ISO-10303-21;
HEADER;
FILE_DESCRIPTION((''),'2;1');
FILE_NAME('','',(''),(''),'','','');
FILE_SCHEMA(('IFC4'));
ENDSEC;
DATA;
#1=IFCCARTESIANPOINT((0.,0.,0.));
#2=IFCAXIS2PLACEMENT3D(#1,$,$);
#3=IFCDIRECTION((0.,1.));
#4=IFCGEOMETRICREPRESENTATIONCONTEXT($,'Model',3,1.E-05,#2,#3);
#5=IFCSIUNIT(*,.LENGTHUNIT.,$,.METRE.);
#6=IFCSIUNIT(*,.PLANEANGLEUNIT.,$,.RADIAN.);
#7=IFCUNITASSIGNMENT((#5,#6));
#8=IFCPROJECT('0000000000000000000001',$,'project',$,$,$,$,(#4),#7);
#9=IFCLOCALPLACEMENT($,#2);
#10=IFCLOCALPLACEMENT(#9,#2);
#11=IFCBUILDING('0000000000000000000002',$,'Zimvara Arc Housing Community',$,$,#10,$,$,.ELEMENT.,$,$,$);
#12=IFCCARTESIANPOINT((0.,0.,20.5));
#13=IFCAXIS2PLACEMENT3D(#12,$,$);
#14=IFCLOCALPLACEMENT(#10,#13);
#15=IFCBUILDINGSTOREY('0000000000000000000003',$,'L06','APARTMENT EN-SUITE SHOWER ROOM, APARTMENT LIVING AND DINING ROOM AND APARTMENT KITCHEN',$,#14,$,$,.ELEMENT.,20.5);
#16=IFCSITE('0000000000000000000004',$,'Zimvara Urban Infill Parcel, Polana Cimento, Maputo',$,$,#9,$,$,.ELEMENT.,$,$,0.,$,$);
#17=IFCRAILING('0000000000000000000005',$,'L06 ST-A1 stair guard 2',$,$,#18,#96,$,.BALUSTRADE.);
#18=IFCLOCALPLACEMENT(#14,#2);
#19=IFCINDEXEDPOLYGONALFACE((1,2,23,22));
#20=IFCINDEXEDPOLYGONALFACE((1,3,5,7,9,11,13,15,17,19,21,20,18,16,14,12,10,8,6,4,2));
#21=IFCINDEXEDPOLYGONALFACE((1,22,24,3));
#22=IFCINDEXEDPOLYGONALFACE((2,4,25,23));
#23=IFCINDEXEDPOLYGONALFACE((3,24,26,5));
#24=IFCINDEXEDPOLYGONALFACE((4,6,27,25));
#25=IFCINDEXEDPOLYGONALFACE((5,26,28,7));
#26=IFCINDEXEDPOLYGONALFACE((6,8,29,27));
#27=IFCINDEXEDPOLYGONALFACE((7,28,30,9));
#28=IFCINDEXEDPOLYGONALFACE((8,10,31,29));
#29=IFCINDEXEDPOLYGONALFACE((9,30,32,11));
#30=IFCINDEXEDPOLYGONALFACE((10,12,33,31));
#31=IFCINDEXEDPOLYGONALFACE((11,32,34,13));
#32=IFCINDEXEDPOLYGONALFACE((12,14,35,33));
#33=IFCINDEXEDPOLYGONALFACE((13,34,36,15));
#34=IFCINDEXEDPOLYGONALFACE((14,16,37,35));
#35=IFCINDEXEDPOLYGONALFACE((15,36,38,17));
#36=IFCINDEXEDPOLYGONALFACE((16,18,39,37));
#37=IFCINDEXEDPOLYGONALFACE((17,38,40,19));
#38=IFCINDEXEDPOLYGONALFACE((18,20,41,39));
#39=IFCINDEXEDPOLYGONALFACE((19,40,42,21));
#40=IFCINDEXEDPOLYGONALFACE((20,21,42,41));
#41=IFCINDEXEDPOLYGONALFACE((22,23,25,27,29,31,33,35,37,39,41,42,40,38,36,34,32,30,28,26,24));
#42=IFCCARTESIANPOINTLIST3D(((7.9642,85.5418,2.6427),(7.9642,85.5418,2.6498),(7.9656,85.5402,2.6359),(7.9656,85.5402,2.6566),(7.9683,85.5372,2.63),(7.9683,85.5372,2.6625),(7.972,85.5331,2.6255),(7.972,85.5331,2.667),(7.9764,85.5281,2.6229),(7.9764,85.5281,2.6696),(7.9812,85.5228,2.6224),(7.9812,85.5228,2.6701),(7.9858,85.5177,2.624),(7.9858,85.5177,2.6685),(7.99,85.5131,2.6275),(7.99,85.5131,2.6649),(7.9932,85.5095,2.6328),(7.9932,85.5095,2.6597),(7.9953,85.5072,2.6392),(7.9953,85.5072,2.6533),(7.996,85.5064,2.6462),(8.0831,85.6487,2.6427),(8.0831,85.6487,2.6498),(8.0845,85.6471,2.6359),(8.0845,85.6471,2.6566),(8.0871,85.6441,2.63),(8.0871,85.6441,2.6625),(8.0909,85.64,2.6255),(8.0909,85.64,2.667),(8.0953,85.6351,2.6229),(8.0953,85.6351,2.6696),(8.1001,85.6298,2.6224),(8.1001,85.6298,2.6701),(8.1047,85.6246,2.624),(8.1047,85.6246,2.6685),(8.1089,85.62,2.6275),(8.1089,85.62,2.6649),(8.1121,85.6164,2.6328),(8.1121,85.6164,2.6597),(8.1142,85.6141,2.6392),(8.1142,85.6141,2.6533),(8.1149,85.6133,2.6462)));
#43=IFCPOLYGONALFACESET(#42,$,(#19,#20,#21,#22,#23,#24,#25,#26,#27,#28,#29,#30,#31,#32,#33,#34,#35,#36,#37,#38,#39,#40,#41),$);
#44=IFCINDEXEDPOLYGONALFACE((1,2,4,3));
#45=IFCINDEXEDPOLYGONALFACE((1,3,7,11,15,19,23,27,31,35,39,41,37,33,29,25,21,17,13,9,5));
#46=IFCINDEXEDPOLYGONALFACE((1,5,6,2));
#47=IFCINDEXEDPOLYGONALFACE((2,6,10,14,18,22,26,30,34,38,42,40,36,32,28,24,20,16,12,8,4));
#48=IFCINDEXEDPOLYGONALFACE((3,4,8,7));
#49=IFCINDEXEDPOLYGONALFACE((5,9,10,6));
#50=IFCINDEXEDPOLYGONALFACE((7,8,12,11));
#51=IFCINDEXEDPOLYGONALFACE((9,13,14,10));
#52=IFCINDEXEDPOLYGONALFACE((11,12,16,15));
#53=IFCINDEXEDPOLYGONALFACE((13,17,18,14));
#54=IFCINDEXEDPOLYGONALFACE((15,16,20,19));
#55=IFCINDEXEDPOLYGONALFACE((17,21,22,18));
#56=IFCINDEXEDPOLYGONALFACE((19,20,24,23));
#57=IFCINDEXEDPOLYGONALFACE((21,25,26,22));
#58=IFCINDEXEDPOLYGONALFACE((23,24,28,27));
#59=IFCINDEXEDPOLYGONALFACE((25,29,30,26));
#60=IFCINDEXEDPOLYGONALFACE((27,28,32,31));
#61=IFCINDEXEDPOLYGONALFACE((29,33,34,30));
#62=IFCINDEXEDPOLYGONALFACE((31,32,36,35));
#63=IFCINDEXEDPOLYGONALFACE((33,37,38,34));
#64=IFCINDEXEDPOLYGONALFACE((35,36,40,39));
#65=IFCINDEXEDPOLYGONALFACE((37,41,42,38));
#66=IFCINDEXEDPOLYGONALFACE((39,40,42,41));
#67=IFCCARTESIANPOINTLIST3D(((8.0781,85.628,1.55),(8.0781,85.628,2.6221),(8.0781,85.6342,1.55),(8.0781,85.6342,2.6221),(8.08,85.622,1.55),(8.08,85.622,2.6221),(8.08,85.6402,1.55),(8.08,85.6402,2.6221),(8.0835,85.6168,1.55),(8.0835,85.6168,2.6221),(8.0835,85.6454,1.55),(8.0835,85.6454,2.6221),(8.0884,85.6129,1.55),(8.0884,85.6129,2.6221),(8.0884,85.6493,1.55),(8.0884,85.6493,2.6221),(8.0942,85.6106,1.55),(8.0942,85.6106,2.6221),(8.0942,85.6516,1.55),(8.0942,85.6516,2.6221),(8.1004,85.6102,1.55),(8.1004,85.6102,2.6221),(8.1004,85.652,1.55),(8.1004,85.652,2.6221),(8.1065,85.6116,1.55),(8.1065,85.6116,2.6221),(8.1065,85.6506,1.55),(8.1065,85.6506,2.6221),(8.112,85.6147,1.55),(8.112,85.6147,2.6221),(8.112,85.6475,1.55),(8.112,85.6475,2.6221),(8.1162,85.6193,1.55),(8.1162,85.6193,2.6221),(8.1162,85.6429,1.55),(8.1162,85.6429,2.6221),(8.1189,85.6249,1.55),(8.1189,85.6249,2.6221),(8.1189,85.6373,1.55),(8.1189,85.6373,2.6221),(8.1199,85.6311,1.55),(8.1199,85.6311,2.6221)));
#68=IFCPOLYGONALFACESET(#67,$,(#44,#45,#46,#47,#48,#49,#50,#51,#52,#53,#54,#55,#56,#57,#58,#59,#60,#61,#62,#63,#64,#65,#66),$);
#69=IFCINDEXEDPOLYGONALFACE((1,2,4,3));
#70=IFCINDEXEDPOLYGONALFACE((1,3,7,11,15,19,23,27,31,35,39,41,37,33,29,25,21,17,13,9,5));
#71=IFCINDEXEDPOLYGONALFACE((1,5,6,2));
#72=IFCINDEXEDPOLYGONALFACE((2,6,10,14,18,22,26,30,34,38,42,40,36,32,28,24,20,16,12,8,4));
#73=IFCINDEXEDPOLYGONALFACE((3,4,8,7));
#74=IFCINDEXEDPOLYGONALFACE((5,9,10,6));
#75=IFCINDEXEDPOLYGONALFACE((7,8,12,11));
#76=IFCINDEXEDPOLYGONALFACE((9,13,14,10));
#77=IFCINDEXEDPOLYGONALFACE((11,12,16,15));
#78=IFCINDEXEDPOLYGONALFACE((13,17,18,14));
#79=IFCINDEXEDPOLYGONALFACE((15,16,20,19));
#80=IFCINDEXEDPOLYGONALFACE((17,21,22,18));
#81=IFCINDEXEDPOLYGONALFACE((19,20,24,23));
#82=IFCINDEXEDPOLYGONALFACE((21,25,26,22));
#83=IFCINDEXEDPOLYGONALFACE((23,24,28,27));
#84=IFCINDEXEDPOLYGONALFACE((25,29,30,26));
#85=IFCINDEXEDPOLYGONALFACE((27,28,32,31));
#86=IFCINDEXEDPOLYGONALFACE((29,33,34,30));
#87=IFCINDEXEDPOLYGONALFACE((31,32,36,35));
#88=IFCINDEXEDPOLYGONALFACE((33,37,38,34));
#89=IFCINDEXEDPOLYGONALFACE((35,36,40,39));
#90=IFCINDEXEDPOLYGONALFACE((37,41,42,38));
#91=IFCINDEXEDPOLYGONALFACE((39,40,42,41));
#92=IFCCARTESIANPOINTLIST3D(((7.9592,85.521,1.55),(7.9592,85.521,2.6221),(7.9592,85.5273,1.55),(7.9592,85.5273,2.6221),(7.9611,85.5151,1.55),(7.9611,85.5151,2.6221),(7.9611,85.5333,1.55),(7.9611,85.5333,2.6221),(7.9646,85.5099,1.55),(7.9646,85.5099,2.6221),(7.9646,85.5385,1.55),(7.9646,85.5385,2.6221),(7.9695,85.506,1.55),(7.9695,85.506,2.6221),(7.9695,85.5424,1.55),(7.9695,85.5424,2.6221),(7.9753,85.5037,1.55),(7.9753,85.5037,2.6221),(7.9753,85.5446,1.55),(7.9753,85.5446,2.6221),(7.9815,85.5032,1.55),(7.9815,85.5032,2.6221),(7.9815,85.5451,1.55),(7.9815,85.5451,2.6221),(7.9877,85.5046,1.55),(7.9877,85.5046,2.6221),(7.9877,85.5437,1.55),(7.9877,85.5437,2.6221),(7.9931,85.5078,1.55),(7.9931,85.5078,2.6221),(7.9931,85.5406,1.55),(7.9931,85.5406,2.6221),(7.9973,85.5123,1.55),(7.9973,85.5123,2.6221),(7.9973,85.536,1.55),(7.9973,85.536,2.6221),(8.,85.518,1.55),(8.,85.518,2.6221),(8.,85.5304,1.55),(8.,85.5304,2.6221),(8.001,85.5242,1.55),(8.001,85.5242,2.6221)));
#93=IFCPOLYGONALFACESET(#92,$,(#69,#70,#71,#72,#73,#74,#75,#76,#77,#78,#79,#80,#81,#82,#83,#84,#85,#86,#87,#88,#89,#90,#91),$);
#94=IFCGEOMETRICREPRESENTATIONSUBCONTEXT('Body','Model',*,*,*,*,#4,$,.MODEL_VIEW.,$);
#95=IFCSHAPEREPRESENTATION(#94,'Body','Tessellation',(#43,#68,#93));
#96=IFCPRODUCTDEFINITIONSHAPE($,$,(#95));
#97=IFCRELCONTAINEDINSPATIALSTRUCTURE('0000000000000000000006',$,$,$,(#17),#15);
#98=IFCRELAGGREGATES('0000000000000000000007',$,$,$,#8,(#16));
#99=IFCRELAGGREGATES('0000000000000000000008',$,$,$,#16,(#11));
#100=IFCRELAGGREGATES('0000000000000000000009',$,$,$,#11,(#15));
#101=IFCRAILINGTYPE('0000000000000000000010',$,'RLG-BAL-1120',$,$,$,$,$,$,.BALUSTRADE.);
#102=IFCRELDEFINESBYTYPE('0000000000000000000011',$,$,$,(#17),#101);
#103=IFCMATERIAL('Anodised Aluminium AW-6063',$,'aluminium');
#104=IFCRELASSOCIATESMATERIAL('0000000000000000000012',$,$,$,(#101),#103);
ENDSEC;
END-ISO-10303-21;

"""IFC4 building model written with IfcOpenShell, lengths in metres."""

from ifc_helpers import new_model, si_unit, direction, frame, origin, origin_2d, place, context, subcontext, project, spatial, circle, extrude, material, type_object, element, save


model = new_model("IFC4")

# Units and contexts
model_context = context("Model", 3, precision=1e-05, world=origin(), true_north=direction((0.0, 1.0)))
body_context = subcontext(model_context, "Body", "Model", "MODEL_VIEW")
ifc_project = project(units=[si_unit("LENGTHUNIT", "METRE"), si_unit("PLANEANGLEUNIT", "RADIAN")], contexts=[model_context])

# Site, building, storey
site_placement = place(None, origin())
site = spatial("IfcSite", under=ifc_project, at=site_placement, Name="Zimvara Urban Infill Parcel, Polana Cimento, Maputo", CompositionType="ELEMENT", RefElevation=0.0)
building_placement = place(site_placement, origin())
building = spatial("IfcBuilding", under=site, at=building_placement, Name="Zimvara Arc Housing Community", CompositionType="ELEMENT")
storey_placement = place(building_placement, frame((0.0, 0.0, 20.5)))
storey = spatial("IfcBuildingStorey", under=building, at=storey_placement, Name="L06", Description="APARTMENT EN-SUITE SHOWER ROOM, APARTMENT LIVING AND DINING ROOM AND APARTMENT KITCHEN", CompositionType="ELEMENT", Elevation=20.5)

# Railing
ifc_material_1 = material(Name="Anodised Aluminium AW-6063", Category="aluminium")
railing_type_1 = type_object("IfcRailingType", Name="RLG-BAL-1120", PredefinedType="BALUSTRADE", material=ifc_material_1)
railing_1_placement = place(storey_placement, frame((8.0989, 85.6311, 1.55)))
element("IfcRailing", 1, at=railing_1_placement, inside=storey, type_object=railing_type_1, Name="L06 ST-A1 stair guard 2", PredefinedType="BALUSTRADE", context=body_context, shape_type="SweptSolid", body=[
    extrude(circle(Radius=0.0239, at=origin_2d()), frame((0.0, 0.0, 1.0962), z_axis=(-0.743522, -0.668712, 0.0), x_axis=(0.668712, -0.743522, 0.0)), (0.0, 0.0, 1.0), 0.1599),
    extrude(circle(Radius=0.021, at=origin_2d()), origin(), (0.0, 0.0, 1.0), 1.072),
    extrude(circle(Radius=0.021, at=origin_2d()), frame((-0.1189, -0.1069, 0.0)), (0.0, 0.0, 1.0), 1.072),
])

save(model, "model.ifc")
